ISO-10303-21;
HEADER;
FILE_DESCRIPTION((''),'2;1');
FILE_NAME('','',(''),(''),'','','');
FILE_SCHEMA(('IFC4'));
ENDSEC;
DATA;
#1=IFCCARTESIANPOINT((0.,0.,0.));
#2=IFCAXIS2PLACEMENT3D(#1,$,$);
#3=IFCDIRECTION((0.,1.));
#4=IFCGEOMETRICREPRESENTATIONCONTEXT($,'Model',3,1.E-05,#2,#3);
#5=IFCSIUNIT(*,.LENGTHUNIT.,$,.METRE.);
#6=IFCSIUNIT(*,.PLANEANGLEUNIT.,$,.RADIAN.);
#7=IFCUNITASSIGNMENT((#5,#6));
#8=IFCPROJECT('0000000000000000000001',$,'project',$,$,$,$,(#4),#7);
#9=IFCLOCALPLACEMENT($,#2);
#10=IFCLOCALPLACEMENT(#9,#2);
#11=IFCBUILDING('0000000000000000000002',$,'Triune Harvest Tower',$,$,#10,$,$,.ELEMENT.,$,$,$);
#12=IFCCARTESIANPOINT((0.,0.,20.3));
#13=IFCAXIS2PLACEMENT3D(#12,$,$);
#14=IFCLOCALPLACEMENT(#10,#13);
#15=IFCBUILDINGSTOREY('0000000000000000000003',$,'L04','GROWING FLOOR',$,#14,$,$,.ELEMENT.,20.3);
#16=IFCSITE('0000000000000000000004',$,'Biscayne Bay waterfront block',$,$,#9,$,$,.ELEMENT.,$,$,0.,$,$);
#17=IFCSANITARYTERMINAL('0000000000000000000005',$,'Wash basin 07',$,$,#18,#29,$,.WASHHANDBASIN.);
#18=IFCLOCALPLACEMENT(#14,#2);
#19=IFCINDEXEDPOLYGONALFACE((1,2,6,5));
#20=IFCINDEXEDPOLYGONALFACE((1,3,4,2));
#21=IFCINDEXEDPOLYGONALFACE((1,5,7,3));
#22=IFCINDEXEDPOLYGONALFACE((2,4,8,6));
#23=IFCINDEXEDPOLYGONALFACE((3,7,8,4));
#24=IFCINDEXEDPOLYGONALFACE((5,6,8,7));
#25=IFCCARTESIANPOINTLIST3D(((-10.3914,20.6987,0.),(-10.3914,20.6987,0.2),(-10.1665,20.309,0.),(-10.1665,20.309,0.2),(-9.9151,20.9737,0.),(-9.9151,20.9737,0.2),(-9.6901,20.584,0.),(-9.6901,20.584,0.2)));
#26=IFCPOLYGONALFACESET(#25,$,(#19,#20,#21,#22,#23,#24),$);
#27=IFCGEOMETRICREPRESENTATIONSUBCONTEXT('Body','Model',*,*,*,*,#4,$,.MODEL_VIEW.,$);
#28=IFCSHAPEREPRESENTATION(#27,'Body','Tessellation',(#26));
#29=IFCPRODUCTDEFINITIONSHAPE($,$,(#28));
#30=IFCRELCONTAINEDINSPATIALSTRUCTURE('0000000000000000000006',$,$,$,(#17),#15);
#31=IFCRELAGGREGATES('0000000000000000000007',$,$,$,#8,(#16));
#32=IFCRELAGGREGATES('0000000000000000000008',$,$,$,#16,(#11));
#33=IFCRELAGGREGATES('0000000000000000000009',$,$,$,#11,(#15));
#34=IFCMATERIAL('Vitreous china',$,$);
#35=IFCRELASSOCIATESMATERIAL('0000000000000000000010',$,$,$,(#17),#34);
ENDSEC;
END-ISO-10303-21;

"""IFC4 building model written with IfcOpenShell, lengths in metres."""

from ifc_helpers import new_model, si_unit, direction, frame, origin, origin_2d, place, context, subcontext, project, spatial, rectangle, extrude, source, transform, mapped, material, element, save


model = new_model("IFC4")

# Units and contexts
model_context = context("Model", 3, precision=1e-05, world=origin(), true_north=direction((0.0, 1.0)))
body_context = subcontext(model_context, "Body", "Model", "MODEL_VIEW")
ifc_project = project(units=[si_unit("LENGTHUNIT", "METRE"), si_unit("PLANEANGLEUNIT", "RADIAN")], contexts=[model_context])

# Site, building, storey
site_placement = place(None, origin())
site = spatial("IfcSite", under=ifc_project, at=site_placement, Name="Biscayne Bay waterfront block", CompositionType="ELEMENT", RefElevation=0.0)
building_placement = place(site_placement, origin())
building = spatial("IfcBuilding", under=site, at=building_placement, Name="Triune Harvest Tower", CompositionType="ELEMENT")
storey_placement = place(building_placement, frame((0.0, 0.0, 20.3)))
storey = spatial("IfcBuildingStorey", under=building, at=storey_placement, Name="L04", Description="GROWING FLOOR", CompositionType="ELEMENT", Elevation=20.3)

# Sanitary terminal
ifc_material_1 = material(Name="Vitreous china")
shared_shape_1 = source(origin(), body_context, "Body", "SweptSolid", [
    extrude(rectangle(XDim=0.55, YDim=0.45, at=origin_2d()), origin(), (0.0, 0.0, 1.0), 0.2),
])
for number, where, z_axis, x_axis, name in (
    (1, (-10.0408, 20.6414, 0.0), (0.0, 0.0, 1.0), (0.866034, 0.499985, 0.0), "Wash basin 07"),
):
    element("IfcSanitaryTerminal", number, at=place(storey_placement, frame(where, z_axis=z_axis, x_axis=x_axis)), inside=storey, material=ifc_material_1, Name=name, PredefinedType="WASHHANDBASIN", context=body_context, shape_type="MappedRepresentation", body=[
        mapped(shared_shape_1, transform((0.0, 0.0, 0.0), scale=1.0)),
    ])

save(model, "model.ifc")
